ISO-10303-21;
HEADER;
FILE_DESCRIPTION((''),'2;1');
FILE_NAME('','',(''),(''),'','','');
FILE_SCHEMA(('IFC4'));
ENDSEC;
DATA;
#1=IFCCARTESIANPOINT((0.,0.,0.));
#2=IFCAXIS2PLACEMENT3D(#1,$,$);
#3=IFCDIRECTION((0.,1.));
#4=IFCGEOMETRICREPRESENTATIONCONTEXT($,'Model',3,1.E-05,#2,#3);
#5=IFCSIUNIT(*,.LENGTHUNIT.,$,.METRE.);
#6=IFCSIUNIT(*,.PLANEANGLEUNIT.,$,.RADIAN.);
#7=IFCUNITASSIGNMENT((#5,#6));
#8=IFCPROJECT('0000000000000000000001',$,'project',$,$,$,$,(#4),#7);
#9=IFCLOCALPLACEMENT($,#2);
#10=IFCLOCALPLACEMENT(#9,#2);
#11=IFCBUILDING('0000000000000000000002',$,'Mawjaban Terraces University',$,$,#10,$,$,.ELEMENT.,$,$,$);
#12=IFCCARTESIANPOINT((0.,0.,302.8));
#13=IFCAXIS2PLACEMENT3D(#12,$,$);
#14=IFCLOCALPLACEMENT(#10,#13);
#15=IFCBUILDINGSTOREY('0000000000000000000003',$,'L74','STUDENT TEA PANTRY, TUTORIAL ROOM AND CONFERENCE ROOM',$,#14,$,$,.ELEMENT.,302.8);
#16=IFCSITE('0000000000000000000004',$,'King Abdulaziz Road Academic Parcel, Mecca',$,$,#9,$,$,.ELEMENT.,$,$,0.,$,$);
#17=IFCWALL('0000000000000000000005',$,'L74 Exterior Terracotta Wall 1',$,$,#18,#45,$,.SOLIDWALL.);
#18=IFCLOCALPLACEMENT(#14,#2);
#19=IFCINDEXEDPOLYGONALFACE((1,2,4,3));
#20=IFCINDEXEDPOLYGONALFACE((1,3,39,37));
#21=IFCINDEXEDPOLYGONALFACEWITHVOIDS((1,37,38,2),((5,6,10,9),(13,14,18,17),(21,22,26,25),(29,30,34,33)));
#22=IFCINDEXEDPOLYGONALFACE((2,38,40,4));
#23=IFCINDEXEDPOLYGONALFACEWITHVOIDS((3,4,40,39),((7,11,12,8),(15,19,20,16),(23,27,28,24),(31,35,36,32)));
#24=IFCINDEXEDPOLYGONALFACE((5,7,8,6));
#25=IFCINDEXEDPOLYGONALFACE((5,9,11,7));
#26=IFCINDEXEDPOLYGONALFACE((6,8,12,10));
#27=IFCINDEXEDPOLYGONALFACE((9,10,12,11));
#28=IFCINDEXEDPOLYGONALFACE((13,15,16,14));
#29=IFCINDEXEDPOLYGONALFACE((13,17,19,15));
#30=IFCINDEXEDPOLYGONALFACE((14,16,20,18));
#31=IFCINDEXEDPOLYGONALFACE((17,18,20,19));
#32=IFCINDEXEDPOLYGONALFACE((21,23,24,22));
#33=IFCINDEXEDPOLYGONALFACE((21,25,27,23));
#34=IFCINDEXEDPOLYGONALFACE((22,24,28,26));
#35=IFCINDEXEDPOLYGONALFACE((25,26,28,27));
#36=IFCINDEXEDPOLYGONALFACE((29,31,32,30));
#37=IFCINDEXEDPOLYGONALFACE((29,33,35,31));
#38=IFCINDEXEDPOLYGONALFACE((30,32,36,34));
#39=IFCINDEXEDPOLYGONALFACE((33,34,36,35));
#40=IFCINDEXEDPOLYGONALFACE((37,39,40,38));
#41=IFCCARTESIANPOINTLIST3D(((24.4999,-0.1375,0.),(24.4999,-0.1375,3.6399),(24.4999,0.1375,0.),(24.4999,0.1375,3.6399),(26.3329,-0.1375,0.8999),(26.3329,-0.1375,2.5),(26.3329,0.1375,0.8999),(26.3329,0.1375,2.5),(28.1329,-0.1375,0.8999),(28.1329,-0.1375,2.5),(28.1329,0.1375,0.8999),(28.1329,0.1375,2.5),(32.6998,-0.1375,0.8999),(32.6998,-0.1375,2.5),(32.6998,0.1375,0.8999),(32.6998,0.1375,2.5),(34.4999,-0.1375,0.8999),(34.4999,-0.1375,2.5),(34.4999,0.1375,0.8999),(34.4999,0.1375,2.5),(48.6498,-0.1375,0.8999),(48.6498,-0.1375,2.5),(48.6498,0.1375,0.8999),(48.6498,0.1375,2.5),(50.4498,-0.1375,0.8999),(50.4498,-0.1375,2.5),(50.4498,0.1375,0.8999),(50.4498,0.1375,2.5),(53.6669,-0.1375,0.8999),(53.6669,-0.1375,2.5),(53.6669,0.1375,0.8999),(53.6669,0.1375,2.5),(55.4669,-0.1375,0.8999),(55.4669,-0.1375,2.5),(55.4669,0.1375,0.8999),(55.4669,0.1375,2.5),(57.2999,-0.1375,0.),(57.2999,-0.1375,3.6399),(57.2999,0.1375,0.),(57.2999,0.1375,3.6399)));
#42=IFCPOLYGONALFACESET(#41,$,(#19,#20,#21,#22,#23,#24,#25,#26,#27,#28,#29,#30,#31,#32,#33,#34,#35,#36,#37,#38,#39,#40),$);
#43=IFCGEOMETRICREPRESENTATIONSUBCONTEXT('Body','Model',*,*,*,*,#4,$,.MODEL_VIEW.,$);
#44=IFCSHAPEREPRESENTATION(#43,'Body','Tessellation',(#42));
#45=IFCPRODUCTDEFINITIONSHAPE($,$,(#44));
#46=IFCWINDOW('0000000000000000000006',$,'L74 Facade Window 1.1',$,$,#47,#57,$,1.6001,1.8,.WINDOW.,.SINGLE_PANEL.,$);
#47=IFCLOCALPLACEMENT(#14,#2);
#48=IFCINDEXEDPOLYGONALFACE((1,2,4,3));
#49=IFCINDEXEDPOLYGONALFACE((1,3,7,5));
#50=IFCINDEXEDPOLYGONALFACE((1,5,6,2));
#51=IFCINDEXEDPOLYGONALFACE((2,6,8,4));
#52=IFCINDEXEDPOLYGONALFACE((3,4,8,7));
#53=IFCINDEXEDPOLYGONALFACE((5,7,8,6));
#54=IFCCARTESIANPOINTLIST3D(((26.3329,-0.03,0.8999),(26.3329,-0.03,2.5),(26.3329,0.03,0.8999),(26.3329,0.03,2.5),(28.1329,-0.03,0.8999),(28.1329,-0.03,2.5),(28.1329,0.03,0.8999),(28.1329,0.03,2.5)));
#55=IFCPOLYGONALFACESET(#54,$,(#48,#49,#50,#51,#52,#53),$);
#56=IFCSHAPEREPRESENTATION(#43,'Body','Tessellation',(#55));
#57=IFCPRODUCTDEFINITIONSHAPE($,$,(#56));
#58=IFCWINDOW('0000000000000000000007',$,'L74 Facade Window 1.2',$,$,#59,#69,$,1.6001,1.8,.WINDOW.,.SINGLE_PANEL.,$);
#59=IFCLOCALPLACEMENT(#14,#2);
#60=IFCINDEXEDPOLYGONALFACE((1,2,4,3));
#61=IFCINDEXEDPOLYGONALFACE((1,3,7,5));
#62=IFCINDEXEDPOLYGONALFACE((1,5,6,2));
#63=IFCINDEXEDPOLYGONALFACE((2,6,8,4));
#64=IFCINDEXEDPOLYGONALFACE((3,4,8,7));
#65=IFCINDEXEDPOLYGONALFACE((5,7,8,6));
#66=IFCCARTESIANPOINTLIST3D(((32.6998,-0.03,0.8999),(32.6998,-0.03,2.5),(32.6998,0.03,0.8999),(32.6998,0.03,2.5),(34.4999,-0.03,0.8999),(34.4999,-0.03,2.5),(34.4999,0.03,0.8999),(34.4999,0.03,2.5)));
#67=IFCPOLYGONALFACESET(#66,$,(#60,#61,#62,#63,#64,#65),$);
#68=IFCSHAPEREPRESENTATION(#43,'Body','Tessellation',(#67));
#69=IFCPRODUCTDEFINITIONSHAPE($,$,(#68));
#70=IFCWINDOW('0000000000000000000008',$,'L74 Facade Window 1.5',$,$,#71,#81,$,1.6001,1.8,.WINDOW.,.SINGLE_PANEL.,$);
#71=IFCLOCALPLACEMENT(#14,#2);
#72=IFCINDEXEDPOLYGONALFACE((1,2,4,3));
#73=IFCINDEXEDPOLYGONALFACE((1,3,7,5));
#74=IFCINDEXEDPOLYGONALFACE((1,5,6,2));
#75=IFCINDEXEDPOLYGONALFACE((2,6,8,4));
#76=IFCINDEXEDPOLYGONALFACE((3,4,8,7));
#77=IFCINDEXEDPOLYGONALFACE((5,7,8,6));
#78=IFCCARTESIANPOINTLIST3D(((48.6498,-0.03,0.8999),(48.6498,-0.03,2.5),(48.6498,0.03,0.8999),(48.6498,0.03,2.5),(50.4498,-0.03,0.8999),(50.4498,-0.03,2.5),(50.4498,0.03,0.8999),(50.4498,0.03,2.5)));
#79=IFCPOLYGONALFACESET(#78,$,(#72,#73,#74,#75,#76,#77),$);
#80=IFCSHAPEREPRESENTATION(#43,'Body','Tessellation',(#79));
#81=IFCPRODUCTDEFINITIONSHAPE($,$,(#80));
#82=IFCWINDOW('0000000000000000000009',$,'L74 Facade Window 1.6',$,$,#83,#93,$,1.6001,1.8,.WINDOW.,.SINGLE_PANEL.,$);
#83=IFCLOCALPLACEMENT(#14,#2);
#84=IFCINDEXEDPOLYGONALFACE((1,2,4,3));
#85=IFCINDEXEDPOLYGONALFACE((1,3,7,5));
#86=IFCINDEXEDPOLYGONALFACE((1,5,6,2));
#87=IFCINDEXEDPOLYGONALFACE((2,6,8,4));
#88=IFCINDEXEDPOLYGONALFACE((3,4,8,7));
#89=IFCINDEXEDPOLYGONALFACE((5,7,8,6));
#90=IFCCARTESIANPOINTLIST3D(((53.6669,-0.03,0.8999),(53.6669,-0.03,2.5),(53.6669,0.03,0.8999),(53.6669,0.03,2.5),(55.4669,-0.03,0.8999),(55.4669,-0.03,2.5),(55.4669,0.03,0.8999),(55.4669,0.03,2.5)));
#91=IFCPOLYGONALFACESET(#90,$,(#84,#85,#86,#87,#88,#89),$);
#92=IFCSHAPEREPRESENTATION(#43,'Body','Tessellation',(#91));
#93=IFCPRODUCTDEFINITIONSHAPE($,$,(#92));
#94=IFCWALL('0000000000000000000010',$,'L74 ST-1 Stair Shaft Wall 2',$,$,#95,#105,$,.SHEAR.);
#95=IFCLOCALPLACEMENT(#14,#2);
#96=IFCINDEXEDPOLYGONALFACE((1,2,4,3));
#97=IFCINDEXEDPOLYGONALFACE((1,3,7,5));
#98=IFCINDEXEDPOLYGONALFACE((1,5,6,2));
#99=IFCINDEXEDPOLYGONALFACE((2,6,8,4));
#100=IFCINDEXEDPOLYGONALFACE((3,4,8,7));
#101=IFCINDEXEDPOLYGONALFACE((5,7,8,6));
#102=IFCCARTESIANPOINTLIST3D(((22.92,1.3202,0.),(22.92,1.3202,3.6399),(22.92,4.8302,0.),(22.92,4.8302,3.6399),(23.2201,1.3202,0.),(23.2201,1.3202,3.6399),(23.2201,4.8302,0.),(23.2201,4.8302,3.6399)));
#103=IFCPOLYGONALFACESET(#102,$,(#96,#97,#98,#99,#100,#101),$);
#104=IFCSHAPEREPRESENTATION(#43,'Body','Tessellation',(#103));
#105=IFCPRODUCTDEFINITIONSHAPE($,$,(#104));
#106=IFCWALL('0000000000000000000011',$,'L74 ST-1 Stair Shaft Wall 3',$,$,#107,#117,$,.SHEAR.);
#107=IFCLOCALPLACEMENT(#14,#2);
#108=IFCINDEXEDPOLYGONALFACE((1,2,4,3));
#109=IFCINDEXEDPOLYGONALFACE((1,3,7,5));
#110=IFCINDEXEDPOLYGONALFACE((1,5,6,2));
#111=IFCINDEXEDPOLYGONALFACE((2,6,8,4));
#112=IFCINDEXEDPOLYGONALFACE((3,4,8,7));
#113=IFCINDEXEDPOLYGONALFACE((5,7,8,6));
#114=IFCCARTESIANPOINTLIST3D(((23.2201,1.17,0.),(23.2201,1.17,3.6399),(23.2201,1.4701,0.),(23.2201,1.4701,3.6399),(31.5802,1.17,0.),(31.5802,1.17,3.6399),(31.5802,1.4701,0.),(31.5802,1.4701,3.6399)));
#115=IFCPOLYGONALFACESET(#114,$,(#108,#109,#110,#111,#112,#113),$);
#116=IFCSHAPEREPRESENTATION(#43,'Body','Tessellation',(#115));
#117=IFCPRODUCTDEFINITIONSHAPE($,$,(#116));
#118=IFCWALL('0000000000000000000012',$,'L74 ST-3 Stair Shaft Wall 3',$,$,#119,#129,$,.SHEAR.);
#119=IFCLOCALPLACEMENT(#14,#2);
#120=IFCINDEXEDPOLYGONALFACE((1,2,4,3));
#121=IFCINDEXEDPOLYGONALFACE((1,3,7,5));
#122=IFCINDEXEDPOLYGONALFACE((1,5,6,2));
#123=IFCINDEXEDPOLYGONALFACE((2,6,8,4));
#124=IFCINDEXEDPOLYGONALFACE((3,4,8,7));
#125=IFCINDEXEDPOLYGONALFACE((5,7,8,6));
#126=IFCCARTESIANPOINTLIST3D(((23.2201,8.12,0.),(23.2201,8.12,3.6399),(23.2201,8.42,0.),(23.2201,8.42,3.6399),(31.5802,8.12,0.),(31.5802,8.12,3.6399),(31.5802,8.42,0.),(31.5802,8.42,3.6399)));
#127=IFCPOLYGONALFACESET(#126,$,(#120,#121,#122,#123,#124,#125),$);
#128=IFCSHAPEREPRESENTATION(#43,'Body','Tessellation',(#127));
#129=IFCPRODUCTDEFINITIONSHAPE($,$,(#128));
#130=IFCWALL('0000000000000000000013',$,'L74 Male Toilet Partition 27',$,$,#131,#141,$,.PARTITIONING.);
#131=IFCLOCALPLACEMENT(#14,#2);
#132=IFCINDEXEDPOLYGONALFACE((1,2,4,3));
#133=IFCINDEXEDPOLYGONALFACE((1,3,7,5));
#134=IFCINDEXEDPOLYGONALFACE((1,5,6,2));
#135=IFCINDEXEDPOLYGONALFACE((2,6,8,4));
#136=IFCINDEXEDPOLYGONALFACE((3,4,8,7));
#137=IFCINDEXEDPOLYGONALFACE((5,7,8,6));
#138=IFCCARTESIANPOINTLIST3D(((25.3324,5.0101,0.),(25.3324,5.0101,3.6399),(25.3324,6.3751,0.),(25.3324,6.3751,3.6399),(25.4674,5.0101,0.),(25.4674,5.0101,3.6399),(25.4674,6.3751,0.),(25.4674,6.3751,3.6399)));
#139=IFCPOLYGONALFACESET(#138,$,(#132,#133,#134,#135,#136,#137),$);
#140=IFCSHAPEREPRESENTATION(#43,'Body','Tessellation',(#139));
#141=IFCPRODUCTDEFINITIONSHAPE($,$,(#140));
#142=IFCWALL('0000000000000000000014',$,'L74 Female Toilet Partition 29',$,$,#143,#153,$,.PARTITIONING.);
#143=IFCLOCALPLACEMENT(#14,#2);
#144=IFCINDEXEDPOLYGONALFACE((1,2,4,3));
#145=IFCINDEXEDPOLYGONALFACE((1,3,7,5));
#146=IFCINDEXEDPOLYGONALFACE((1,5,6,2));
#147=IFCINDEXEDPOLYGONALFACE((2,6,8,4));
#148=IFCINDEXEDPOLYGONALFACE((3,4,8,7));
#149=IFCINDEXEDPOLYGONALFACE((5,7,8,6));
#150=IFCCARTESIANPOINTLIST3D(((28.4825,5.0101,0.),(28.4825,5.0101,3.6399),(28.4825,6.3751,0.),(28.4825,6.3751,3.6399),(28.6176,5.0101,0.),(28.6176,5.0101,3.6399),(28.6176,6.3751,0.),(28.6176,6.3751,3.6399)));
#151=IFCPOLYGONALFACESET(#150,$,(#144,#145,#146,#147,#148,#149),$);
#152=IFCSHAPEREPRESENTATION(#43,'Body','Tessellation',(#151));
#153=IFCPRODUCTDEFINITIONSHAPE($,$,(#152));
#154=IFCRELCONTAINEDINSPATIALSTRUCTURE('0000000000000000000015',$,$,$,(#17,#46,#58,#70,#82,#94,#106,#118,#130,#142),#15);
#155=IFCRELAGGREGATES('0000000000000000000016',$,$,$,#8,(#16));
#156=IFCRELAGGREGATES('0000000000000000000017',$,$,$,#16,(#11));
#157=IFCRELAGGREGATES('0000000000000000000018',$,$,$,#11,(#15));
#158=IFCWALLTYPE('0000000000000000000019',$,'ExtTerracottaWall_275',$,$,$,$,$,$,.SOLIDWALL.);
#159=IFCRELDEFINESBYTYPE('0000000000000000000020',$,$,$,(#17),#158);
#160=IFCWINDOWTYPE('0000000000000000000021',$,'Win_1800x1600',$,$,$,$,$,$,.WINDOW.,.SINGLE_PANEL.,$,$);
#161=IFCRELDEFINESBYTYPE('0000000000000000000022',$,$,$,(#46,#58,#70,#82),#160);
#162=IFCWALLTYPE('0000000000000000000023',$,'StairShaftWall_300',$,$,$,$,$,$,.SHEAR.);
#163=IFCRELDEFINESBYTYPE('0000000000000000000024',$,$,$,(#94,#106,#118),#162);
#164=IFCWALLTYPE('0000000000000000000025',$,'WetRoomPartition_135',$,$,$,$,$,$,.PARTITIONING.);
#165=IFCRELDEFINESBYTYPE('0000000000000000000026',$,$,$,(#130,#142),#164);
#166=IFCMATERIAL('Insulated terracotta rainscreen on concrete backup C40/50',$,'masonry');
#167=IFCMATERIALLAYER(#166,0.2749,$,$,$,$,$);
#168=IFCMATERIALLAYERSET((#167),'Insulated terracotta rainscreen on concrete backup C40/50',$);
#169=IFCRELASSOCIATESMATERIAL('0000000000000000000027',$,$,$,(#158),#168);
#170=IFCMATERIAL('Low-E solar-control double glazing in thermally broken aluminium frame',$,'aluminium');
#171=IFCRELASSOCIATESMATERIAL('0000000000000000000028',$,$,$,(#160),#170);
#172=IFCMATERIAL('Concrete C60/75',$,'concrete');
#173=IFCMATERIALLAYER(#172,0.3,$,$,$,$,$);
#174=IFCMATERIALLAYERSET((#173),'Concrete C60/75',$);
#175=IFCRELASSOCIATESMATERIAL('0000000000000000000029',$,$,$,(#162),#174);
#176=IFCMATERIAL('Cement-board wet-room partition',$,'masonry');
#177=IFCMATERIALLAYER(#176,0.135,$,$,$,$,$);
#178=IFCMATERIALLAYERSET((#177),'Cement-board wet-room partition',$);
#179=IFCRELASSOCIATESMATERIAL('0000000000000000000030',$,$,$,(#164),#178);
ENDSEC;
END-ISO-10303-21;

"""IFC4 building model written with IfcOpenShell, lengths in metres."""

from ifc_helpers import new_model, si_unit, direction, frame, frame_2d, origin, place, context, subcontext, project, spatial, rectangle, extrude, material, layer, layer_set, type_object, element, fill, save


model = new_model("IFC4")

# Units and contexts
model_context = context("Model", 3, precision=1e-05, world=origin(), true_north=direction((0.0, 1.0)))
body_context = subcontext(model_context, "Body", "Model", "MODEL_VIEW")
ifc_project = project(units=[si_unit("LENGTHUNIT", "METRE"), si_unit("PLANEANGLEUNIT", "RADIAN")], contexts=[model_context])

# Site, building, storey
site_placement = place(None, origin())
site = spatial("IfcSite", under=ifc_project, at=site_placement, Name="King Abdulaziz Road Academic Parcel, Mecca", CompositionType="ELEMENT", RefElevation=0.0)
building_placement = place(site_placement, origin())
building = spatial("IfcBuilding", under=site, at=building_placement, Name="Mawjaban Terraces University", CompositionType="ELEMENT")
storey_placement = place(building_placement, frame((0.0, 0.0, 302.8)))
storey = spatial("IfcBuildingStorey", under=building, at=storey_placement, Name="L74", Description="STUDENT TEA PANTRY, TUTORIAL ROOM AND CONFERENCE ROOM", CompositionType="ELEMENT", Elevation=302.8)

# Wall, openings, windows
ifc_material_1 = material(Name="Insulated terracotta rainscreen on concrete backup C40/50", Category="masonry")
ifc_layer_1 = layer(ifc_material_1, 0.2749)
ifc_layer_set_1 = layer_set([ifc_layer_1], Name="Insulated terracotta rainscreen on concrete backup C40/50")
wall_type_1 = type_object("IfcWallType", Name="ExtTerracottaWall_275", PredefinedType="SOLIDWALL", material=ifc_layer_set_1)
wall_1_placement = place(storey_placement, frame((24.5, 0.0, 0.0), z_axis=(0.0, 0.0, 1.0), x_axis=(1.0, 0.0, 0.0)))
wall_1 = element("IfcWall", 1, at=wall_1_placement, inside=storey, type_object=wall_type_1, Name="L74 Exterior Terracotta Wall 1", PredefinedType="SOLIDWALL", context=body_context, shape_type="SweptSolid", body=[
    extrude(rectangle(XDim=32.8, YDim=0.2749, at=frame_2d((16.3999, 0.0))), origin(), (0.0, 0.0, 1.0), 3.6399),
])
opening_1_placement = place(wall_1_placement, frame((1.833, 0.0, 0.8999)))
opening_1 = element("IfcOpeningElement", 2, at=opening_1_placement, cuts=wall_1, PredefinedType="OPENING", context=body_context, shape_type="SweptSolid", body=[
    extrude(rectangle(XDim=1.8, YDim=1.6001, at=frame_2d((0.8999, 0.8))), frame((0.0, 0.1475, 0.0), z_axis=(0.0, -1.0, 0.0), x_axis=(1.0, 0.0, 0.0)), (0.0, 0.0, 1.0), 0.2949),
])
opening_2_placement = place(wall_1_placement, frame((8.2, 0.0, 0.8999)))
opening_2 = element("IfcOpeningElement", 3, at=opening_2_placement, cuts=wall_1, PredefinedType="OPENING", context=body_context, shape_type="SweptSolid", body=[
    extrude(rectangle(XDim=1.8, YDim=1.6001, at=frame_2d((0.8999, 0.8))), frame((0.0, 0.1475, 0.0), z_axis=(0.0, -1.0, 0.0), x_axis=(1.0, 0.0, 0.0)), (0.0, 0.0, 1.0), 0.2949),
])
opening_3_placement = place(wall_1_placement, frame((24.1499, 0.0, 0.8999)))
opening_3 = element("IfcOpeningElement", 4, at=opening_3_placement, cuts=wall_1, PredefinedType="OPENING", context=body_context, shape_type="SweptSolid", body=[
    extrude(rectangle(XDim=1.8, YDim=1.6001, at=frame_2d((0.8999, 0.8))), frame((0.0, 0.1475, 0.0), z_axis=(0.0, -1.0, 0.0), x_axis=(1.0, 0.0, 0.0)), (0.0, 0.0, 1.0), 0.2949),
])
opening_4_placement = place(wall_1_placement, frame((29.167, 0.0, 0.8999)))
opening_4 = element("IfcOpeningElement", 5, at=opening_4_placement, cuts=wall_1, PredefinedType="OPENING", context=body_context, shape_type="SweptSolid", body=[
    extrude(rectangle(XDim=1.8, YDim=1.6001, at=frame_2d((0.8999, 0.8))), frame((0.0, 0.1475, 0.0), z_axis=(0.0, -1.0, 0.0), x_axis=(1.0, 0.0, 0.0)), (0.0, 0.0, 1.0), 0.2949),
])
ifc_material_2 = material(Name="Low-E solar-control double glazing in thermally broken aluminium frame", Category="aluminium")
window_type = type_object("IfcWindowType", Name="Win_1800x1600", PartitioningType="SINGLE_PANEL", PredefinedType="WINDOW", material=ifc_material_2)
window_1_placement = place(opening_1_placement, origin())
window_1 = element("IfcWindow", 6, at=window_1_placement, inside=storey, type_object=window_type, Name="L74 Facade Window 1.1", OverallHeight=1.6001, OverallWidth=1.8, PartitioningType="SINGLE_PANEL", PredefinedType="WINDOW", context=body_context, shape_type="SweptSolid", body=[
    extrude(rectangle(XDim=1.8, YDim=1.6001, at=frame_2d((0.8999, 0.8))), frame((0.0, 0.03, 0.0), z_axis=(0.0, -1.0, 0.0), x_axis=(1.0, 0.0, 0.0)), (0.0, 0.0, 1.0), 0.0601),
])
fill(opening_1, window_1)
window_2_placement = place(opening_2_placement, origin())
window_2 = element("IfcWindow", 7, at=window_2_placement, inside=storey, type_object=window_type, Name="L74 Facade Window 1.2", OverallHeight=1.6001, OverallWidth=1.8, PartitioningType="SINGLE_PANEL", PredefinedType="WINDOW", context=body_context, shape_type="SweptSolid", body=[
    extrude(rectangle(XDim=1.8, YDim=1.6001, at=frame_2d((0.8999, 0.8))), frame((0.0, 0.03, 0.0), z_axis=(0.0, -1.0, 0.0), x_axis=(1.0, 0.0, 0.0)), (0.0, 0.0, 1.0), 0.0601),
])
fill(opening_2, window_2)
window_3_placement = place(opening_3_placement, origin())
window_3 = element("IfcWindow", 8, at=window_3_placement, inside=storey, type_object=window_type, Name="L74 Facade Window 1.5", OverallHeight=1.6001, OverallWidth=1.8, PartitioningType="SINGLE_PANEL", PredefinedType="WINDOW", context=body_context, shape_type="SweptSolid", body=[
    extrude(rectangle(XDim=1.8, YDim=1.6001, at=frame_2d((0.8999, 0.8))), frame((0.0, 0.03, 0.0), z_axis=(0.0, -1.0, 0.0), x_axis=(1.0, 0.0, 0.0)), (0.0, 0.0, 1.0), 0.0601),
])
fill(opening_3, window_3)
window_4_placement = place(opening_4_placement, origin())
window_4 = element("IfcWindow", 9, at=window_4_placement, inside=storey, type_object=window_type, Name="L74 Facade Window 1.6", OverallHeight=1.6001, OverallWidth=1.8, PartitioningType="SINGLE_PANEL", PredefinedType="WINDOW", context=body_context, shape_type="SweptSolid", body=[
    extrude(rectangle(XDim=1.8, YDim=1.6001, at=frame_2d((0.8999, 0.8))), frame((0.0, 0.03, 0.0), z_axis=(0.0, -1.0, 0.0), x_axis=(1.0, 0.0, 0.0)), (0.0, 0.0, 1.0), 0.0601),
])
fill(opening_4, window_4)

# Walls
ifc_material_3 = material(Name="Concrete C60/75", Category="concrete")
ifc_layer_2 = layer(ifc_material_3, 0.3)
ifc_layer_set_2 = layer_set([ifc_layer_2], Name="Concrete C60/75")
wall_type_2 = type_object("IfcWallType", Name="StairShaftWall_300", PredefinedType="SHEAR", material=ifc_layer_set_2)
wall_2_placement = place(storey_placement, frame((23.0701, 4.8301, 0.0), z_axis=(0.0, 0.0, 1.0), x_axis=(0.0, -1.0, 0.0)))
element("IfcWall", 10, at=wall_2_placement, inside=storey, type_object=wall_type_2, Name="L74 ST-1 Stair Shaft Wall 2", PredefinedType="SHEAR", context=body_context, shape_type="SweptSolid", body=[
    extrude(rectangle(XDim=3.51, YDim=0.3, at=frame_2d((1.7549, 0.0))), origin(), (0.0, 0.0, 1.0), 3.6399),
])
for number, where, z_axis, x_axis, name in (
    (11, (23.22, 1.3201, 0.0), (0.0, 0.0, 1.0), (1.0, 0.0, 0.0), "L74 ST-1 Stair Shaft Wall 3"),
    (12, (23.22, 8.27, 0.0), (0.0, 0.0, 1.0), (1.0, 0.0, 0.0), "L74 ST-3 Stair Shaft Wall 3"),
):
    element("IfcWall", number, at=place(storey_placement, frame(where, z_axis=z_axis, x_axis=x_axis)), inside=storey, type_object=wall_type_2, Name=name, PredefinedType="SHEAR", context=body_context, shape_type="SweptSolid", body=[
        extrude(rectangle(XDim=8.3601, YDim=0.3, at=frame_2d((4.1802, 0.0))), origin(), (0.0, 0.0, 1.0), 3.6399),
    ])
ifc_material_4 = material(Name="Cement-board wet-room partition", Category="masonry")
ifc_layer_3 = layer(ifc_material_4, 0.135)
ifc_layer_set_3 = layer_set([ifc_layer_3], Name="Cement-board wet-room partition")
wall_type_3 = type_object("IfcWallType", Name="WetRoomPartition_135", PredefinedType="PARTITIONING", material=ifc_layer_set_3)
for number, where, z_axis, x_axis, name in (
    (13, (25.3999, 5.01, 0.0), (0.0, 0.0, 1.0), (0.0, 1.0, 0.0), "L74 Male Toilet Partition 27"),
    (14, (28.55, 5.01, 0.0), (0.0, 0.0, 1.0), (0.0, 1.0, 0.0), "L74 Female Toilet Partition 29"),
):
    element("IfcWall", number, at=place(storey_placement, frame(where, z_axis=z_axis, x_axis=x_axis)), inside=storey, type_object=wall_type_3, Name=name, PredefinedType="PARTITIONING", context=body_context, shape_type="SweptSolid", body=[
        extrude(rectangle(XDim=1.365, YDim=0.135, at=frame_2d((0.6826, 0.0))), origin(), (0.0, 0.0, 1.0), 3.6399),
    ])

save(model, "model.ifc")
